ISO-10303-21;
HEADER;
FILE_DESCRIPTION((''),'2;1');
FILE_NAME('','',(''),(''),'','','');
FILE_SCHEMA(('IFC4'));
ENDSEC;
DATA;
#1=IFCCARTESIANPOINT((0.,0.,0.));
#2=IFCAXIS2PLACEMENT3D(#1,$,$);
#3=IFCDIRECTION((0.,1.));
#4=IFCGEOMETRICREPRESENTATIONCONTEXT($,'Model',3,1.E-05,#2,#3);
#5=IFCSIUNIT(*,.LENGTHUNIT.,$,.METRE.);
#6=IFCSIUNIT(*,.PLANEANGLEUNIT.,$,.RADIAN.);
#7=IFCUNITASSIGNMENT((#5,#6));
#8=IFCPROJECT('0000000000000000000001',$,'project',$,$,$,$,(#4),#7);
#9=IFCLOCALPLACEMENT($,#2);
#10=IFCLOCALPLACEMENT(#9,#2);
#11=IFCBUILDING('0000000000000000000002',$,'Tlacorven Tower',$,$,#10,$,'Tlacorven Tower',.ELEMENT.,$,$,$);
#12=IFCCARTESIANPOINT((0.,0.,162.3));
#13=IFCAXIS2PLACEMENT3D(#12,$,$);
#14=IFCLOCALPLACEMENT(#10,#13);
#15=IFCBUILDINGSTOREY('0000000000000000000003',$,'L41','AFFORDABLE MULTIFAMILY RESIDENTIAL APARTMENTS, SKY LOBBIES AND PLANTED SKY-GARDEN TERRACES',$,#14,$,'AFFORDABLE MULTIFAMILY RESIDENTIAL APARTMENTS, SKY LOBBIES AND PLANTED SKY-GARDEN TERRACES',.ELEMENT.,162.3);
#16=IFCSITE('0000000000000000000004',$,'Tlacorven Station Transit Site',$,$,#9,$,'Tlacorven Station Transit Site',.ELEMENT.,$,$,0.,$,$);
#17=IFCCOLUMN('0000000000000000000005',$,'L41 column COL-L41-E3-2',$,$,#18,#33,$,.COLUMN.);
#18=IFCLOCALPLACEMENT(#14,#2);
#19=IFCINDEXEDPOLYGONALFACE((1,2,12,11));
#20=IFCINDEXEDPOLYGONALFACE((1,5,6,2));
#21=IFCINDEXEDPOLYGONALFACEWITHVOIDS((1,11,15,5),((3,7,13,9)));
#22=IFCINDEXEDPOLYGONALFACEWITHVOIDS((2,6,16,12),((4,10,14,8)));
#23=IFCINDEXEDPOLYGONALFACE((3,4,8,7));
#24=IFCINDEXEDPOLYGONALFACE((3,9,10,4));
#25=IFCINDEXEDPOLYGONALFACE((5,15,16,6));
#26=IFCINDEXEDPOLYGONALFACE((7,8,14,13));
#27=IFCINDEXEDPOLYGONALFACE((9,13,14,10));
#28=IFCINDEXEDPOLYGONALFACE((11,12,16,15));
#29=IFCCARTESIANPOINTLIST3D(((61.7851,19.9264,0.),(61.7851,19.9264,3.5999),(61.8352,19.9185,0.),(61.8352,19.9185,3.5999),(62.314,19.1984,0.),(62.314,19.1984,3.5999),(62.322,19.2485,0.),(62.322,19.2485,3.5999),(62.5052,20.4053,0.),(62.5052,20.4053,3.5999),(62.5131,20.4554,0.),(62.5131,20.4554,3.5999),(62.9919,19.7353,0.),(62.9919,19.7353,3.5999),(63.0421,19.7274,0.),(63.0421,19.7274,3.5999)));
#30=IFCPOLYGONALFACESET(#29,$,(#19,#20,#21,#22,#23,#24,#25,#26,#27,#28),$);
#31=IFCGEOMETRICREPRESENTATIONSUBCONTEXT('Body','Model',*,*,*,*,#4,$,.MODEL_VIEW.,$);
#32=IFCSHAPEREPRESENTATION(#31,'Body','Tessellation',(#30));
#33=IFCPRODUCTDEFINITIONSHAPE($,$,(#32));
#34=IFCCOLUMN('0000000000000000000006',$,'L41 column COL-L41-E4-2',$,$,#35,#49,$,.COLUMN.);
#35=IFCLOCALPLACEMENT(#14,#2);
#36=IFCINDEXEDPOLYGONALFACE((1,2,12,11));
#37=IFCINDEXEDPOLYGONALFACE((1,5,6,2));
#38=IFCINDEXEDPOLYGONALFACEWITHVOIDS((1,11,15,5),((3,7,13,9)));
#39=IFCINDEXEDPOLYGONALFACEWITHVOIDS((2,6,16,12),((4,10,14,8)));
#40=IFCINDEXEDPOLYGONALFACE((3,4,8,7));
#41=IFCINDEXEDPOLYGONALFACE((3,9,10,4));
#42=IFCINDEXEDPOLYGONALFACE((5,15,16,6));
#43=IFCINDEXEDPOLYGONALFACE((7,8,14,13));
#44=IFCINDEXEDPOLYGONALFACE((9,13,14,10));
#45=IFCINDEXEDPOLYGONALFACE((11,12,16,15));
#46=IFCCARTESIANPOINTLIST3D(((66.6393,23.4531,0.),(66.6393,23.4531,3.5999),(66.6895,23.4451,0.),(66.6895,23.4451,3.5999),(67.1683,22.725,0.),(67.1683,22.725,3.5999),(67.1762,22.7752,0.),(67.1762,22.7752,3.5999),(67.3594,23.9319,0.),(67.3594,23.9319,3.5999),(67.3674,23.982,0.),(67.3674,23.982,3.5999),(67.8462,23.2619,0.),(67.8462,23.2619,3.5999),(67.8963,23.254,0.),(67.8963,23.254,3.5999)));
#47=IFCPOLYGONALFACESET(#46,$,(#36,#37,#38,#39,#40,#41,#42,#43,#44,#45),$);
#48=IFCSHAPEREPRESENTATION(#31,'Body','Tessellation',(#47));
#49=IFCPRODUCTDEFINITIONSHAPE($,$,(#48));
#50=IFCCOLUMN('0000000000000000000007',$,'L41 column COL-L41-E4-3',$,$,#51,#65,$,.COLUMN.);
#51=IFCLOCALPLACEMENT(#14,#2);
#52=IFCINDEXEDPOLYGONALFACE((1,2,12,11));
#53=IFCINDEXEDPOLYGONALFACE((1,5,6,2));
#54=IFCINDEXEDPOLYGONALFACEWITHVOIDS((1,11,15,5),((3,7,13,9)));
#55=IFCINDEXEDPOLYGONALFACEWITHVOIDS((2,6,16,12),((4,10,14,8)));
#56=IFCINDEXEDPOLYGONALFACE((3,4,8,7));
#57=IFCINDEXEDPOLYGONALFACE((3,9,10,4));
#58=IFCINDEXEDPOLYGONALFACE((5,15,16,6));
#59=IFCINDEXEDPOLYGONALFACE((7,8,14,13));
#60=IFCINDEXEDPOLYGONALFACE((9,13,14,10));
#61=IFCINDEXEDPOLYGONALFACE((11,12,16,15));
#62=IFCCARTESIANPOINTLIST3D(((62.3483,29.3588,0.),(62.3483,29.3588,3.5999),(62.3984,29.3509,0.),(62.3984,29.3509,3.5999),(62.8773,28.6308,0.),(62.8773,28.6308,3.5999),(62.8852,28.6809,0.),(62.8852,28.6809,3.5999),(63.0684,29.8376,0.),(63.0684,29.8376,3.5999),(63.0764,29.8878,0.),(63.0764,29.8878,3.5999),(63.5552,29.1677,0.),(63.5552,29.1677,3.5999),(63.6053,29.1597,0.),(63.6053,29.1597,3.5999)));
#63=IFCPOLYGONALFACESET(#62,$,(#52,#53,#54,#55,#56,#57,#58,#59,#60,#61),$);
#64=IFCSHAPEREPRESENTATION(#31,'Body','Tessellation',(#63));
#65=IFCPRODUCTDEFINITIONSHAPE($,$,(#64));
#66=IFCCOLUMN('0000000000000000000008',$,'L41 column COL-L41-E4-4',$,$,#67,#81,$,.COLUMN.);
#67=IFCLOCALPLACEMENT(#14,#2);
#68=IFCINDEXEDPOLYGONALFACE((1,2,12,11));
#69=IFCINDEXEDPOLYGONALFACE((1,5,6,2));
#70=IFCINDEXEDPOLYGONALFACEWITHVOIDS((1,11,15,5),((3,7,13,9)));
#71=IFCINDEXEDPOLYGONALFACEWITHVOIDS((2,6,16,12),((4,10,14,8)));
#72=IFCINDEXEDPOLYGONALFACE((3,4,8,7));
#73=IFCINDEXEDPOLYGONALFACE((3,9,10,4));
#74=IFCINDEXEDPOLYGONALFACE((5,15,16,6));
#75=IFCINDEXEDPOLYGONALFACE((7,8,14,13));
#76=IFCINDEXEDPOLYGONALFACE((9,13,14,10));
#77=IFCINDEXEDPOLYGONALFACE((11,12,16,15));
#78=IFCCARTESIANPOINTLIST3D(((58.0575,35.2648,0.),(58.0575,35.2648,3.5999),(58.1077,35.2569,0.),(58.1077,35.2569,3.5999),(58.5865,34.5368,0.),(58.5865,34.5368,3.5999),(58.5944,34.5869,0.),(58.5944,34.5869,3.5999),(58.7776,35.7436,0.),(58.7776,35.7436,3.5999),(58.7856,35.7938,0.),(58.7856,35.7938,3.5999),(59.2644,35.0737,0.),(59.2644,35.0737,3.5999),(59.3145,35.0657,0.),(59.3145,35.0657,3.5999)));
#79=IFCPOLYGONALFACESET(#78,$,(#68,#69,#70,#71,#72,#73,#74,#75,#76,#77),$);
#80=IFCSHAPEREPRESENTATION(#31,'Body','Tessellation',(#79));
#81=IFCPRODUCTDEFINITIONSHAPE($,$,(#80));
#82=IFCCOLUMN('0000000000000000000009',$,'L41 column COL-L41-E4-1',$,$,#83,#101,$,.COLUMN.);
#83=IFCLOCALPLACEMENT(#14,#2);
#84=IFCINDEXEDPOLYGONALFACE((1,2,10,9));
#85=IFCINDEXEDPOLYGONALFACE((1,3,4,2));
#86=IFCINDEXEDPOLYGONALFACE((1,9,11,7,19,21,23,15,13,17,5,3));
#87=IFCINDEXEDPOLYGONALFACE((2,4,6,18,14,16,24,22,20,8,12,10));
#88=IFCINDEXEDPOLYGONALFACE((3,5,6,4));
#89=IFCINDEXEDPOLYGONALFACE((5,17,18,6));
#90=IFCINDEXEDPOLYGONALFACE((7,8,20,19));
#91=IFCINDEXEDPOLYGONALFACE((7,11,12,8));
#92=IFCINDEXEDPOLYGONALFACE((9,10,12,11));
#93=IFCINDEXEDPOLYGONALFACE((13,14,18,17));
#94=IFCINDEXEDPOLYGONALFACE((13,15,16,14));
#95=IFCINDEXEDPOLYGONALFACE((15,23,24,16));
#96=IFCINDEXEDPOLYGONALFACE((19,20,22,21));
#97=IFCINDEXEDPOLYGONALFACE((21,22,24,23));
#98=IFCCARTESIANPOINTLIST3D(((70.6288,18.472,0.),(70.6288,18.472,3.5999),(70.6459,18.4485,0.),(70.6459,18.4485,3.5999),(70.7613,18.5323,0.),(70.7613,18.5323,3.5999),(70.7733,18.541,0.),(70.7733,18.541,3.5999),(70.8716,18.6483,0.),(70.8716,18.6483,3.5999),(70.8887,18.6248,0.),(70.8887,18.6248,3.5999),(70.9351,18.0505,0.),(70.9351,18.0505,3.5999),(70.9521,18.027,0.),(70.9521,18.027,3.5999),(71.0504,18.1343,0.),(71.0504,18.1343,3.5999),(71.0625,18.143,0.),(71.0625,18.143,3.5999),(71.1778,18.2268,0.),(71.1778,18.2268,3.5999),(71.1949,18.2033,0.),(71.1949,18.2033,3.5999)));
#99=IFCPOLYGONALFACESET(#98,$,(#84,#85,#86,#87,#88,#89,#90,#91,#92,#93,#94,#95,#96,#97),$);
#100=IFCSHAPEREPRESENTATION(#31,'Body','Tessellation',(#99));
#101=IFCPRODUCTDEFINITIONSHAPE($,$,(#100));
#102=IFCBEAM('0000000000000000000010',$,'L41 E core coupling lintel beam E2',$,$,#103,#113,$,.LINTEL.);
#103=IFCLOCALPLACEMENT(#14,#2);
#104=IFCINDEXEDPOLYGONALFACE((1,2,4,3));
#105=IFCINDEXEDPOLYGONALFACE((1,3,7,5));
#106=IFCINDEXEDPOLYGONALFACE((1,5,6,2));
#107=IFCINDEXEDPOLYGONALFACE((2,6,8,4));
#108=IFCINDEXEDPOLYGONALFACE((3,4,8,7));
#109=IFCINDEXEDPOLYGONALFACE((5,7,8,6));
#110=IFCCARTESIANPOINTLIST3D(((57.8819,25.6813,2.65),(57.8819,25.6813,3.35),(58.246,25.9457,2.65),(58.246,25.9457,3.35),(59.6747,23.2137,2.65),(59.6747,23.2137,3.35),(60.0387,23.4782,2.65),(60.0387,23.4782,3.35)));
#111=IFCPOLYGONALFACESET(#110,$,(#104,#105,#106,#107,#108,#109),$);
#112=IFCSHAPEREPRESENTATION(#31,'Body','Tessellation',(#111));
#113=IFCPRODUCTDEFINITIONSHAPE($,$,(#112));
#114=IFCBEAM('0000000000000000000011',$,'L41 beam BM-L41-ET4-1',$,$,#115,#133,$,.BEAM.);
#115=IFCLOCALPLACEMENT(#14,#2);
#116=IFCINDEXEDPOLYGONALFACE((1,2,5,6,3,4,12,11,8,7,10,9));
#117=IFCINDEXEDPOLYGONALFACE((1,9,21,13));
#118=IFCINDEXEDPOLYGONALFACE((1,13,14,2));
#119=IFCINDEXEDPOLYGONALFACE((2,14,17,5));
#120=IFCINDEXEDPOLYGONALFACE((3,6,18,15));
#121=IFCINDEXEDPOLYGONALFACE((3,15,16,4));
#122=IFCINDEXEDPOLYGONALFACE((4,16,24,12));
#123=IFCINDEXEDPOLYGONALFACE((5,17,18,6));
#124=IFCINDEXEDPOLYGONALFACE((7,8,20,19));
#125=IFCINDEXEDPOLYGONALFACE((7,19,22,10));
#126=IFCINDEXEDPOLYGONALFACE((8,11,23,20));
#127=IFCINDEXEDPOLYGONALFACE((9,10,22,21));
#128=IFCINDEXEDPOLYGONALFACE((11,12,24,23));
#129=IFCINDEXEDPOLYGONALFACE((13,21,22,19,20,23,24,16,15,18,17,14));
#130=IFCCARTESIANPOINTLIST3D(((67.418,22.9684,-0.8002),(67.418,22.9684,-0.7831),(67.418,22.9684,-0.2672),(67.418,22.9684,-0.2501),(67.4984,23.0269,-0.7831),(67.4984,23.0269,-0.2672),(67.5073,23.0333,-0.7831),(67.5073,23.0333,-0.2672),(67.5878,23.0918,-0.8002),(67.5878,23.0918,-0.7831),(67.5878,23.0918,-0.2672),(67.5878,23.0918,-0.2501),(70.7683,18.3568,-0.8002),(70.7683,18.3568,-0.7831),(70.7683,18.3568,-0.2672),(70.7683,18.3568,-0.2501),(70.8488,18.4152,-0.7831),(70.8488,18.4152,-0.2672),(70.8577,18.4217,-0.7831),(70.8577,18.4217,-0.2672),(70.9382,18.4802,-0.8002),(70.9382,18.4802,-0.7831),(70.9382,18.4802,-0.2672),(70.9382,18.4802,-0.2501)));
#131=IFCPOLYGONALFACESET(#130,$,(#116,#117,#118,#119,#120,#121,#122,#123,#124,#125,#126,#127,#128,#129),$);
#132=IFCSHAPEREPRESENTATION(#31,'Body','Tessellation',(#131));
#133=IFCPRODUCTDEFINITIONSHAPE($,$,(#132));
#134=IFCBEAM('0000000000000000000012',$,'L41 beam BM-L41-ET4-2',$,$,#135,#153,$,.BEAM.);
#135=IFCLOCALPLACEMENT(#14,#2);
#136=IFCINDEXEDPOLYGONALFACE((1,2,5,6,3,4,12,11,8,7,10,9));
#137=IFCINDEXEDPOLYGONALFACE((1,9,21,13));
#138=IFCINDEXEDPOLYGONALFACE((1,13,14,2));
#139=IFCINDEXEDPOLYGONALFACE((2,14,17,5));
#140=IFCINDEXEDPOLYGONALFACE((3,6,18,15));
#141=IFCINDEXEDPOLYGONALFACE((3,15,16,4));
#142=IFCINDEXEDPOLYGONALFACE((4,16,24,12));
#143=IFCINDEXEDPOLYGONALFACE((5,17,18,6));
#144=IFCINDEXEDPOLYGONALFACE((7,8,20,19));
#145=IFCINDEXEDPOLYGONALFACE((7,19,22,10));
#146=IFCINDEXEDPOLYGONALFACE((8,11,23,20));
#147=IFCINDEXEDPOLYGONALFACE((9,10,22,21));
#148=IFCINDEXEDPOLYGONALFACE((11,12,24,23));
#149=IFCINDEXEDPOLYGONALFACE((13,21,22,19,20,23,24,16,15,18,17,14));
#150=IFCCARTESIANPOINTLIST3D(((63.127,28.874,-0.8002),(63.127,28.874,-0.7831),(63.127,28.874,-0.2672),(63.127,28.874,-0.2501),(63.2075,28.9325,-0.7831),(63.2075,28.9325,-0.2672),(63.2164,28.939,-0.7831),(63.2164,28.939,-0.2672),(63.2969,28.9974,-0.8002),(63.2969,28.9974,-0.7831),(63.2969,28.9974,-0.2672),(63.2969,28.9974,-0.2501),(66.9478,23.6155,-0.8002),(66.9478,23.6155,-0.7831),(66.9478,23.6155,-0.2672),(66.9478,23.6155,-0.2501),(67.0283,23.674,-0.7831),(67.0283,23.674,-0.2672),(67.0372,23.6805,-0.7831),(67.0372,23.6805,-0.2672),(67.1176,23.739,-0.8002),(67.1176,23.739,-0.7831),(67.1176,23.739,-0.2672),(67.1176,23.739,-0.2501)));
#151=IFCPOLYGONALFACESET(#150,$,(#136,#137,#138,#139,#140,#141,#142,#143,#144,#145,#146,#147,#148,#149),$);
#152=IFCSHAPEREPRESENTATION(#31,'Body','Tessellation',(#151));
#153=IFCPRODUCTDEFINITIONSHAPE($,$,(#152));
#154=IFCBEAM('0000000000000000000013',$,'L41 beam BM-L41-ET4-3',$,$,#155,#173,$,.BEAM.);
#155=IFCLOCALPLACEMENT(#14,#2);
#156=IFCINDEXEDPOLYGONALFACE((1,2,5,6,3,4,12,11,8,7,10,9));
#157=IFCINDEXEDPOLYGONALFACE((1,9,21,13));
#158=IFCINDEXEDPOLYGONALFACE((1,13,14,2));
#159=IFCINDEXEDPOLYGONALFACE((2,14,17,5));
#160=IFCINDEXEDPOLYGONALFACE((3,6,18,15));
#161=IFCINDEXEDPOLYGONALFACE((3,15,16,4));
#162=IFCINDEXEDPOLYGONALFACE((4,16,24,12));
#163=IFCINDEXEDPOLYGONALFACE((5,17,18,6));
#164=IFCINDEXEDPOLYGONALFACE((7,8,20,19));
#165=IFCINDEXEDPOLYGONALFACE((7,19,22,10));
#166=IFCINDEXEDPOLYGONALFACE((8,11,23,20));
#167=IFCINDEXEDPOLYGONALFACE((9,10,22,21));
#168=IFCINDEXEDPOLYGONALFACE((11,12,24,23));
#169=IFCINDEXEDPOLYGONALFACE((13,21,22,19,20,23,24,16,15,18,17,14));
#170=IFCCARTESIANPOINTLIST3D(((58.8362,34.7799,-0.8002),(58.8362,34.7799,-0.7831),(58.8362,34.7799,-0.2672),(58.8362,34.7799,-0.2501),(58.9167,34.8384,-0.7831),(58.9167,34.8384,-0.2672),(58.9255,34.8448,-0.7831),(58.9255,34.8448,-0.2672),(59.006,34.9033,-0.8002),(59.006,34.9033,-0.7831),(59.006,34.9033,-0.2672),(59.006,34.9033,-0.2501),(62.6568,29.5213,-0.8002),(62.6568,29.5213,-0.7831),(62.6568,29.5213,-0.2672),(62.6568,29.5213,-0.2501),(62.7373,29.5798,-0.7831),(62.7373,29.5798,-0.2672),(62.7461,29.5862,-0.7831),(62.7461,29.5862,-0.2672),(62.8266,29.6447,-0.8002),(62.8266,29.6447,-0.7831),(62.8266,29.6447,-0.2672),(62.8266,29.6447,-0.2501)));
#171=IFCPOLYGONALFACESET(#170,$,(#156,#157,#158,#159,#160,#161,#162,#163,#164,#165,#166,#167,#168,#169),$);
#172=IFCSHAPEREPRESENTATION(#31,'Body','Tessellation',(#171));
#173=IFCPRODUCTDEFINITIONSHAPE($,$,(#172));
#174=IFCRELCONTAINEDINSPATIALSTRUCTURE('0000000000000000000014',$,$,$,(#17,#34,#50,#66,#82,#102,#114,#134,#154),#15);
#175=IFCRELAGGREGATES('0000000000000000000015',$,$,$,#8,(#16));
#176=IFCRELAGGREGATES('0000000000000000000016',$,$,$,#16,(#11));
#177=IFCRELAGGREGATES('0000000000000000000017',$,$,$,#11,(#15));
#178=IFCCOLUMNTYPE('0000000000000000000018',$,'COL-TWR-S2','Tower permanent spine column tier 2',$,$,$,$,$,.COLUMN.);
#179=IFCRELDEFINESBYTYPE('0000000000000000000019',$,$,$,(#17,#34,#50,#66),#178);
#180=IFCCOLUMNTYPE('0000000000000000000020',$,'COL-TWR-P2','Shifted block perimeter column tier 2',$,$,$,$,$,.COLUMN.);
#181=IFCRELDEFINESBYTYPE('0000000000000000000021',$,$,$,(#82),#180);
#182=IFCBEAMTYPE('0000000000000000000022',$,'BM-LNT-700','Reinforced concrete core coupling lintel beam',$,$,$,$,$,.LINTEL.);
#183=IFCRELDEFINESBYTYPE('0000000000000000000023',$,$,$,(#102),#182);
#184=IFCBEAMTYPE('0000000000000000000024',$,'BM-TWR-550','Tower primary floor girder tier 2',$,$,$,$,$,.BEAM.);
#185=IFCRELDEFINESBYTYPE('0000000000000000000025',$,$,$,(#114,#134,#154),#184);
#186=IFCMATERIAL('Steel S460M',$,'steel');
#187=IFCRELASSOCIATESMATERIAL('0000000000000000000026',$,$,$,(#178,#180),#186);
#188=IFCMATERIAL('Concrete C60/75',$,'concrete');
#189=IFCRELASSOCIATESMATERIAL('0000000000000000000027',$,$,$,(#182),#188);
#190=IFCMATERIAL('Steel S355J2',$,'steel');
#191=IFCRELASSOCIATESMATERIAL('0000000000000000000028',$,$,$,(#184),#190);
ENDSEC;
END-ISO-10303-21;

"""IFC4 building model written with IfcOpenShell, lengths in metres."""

from ifc_helpers import new_model, si_unit, direction, frame, origin, origin_2d, place, context, subcontext, project, spatial, rectangle, hollow_rectangle, i_section, extrude, source, transform, mapped, material, material_profile, profile_set, type_object, element, save


model = new_model("IFC4")

# Units and contexts
model_context = context("Model", 3, precision=1e-05, world=origin(), true_north=direction((0.0, 1.0)))
body_context = subcontext(model_context, "Body", "Model", "MODEL_VIEW")
ifc_project = project(units=[si_unit("LENGTHUNIT", "METRE"), si_unit("PLANEANGLEUNIT", "RADIAN")], contexts=[model_context])

# Site, building, storey
site_placement = place(None, origin())
site = spatial("IfcSite", under=ifc_project, at=site_placement, Name="Tlacorven Station Transit Site", LongName="Tlacorven Station Transit Site", CompositionType="ELEMENT", RefElevation=0.0)
building_placement = place(site_placement, origin())
building = spatial("IfcBuilding", under=site, at=building_placement, Name="Tlacorven Tower", LongName="Tlacorven Tower", CompositionType="ELEMENT")
storey_placement = place(building_placement, frame((0.0, 0.0, 162.3)))
storey = spatial("IfcBuildingStorey", under=building, at=storey_placement, Name="L41", Description="AFFORDABLE MULTIFAMILY RESIDENTIAL APARTMENTS, SKY LOBBIES AND PLANTED SKY-GARDEN TERRACES", LongName="AFFORDABLE MULTIFAMILY RESIDENTIAL APARTMENTS, SKY LOBBIES AND PLANTED SKY-GARDEN TERRACES", CompositionType="ELEMENT", Elevation=162.3)

# Columns
ifc_material_1 = material(Name="Steel S460M", Category="steel")
ifc_material_profile_1 = material_profile(ifc_material_1, hollow_rectangle(XDim=0.8999, YDim=0.8999, WallThickness=0.0359, at=origin_2d()), Name="BOX 900X900X36")
ifc_profile_set_1 = profile_set([ifc_material_profile_1], Name="Steel S460M")
column_type_1 = type_object("IfcColumnType", Name="COL-TWR-S2", Description="Tower permanent spine column tier 2", PredefinedType="COLUMN", material=ifc_profile_set_1)
shared_shape_1 = source(origin(), body_context, "Body", "SweptSolid", [
    extrude(hollow_rectangle(XDim=0.8999, YDim=0.8999, WallThickness=0.0359, at=origin_2d()), origin(), (0.0, 0.0, 1.0), 3.5999),
])
for number, where, z_axis, x_axis, name in (
    (1, (62.4136, 19.8269, 0.0), (0.0, 0.0, 1.0), (0.809017, 0.587785, 0.0), "L41 column COL-L41-E3-2"),
    (2, (67.2678, 23.3535, 0.0), (0.0, 0.0, 1.0), (0.809017, 0.587785, 0.0), "L41 column COL-L41-E4-2"),
    (3, (62.9768, 29.2593, 0.0), (0.0, 0.0, 1.0), (0.809017, 0.587785, 0.0), "L41 column COL-L41-E4-3"),
    (4, (58.686, 35.1653, 0.0), (0.0, 0.0, 1.0), (0.809017, 0.587785, 0.0), "L41 column COL-L41-E4-4"),
):
    element("IfcColumn", number, at=place(storey_placement, frame(where, z_axis=z_axis, x_axis=x_axis)), inside=storey, type_object=column_type_1, Name=name, PredefinedType="COLUMN", context=body_context, shape_type="MappedRepresentation", body=[
        mapped(shared_shape_1, transform((0.0, 0.0, 0.0), scale=1.0)),
    ])
ifc_material_profile_2 = material_profile(ifc_material_1, i_section(OverallWidth=0.3, OverallDepth=0.55, WebThickness=0.0149, FlangeThickness=0.0291, at=origin_2d()), Name="HEB 550")
ifc_profile_set_2 = profile_set([ifc_material_profile_2], Name="Steel S460M")
column_type_2 = type_object("IfcColumnType", Name="COL-TWR-P2", Description="Shifted block perimeter column tier 2", PredefinedType="COLUMN", material=ifc_profile_set_2)
shared_shape_2 = source(origin(), body_context, "Body", "SweptSolid", [
    extrude(i_section(OverallWidth=0.3, OverallDepth=0.55, WebThickness=0.0149, FlangeThickness=0.0291, at=origin_2d()), origin(), (0.0, 0.0, 1.0), 3.5999),
])
column_placement = place(storey_placement, frame((70.9119, 18.3376, 0.0), z_axis=(0.0, 0.0, 1.0), x_axis=(0.809017, 0.587785, 0.0)))
element("IfcColumn", 5, at=column_placement, inside=storey, type_object=column_type_2, Name="L41 column COL-L41-E4-1", PredefinedType="COLUMN", context=body_context, shape_type="MappedRepresentation", body=[
    mapped(shared_shape_2, transform((0.0, 0.0, 0.0), scale=1.0)),
])

# Beams
ifc_material_2 = material(Name="Concrete C60/75", Category="concrete")
ifc_material_profile_3 = material_profile(ifc_material_2, rectangle(XDim=0.45, YDim=0.7, at=origin_2d()), Name="RC 450X700")
ifc_profile_set_3 = profile_set([ifc_material_profile_3], Name="Concrete C60/75")
beam_type_1 = type_object("IfcBeamType", Name="BM-LNT-700", Description="Reinforced concrete core coupling lintel beam", PredefinedType="LINTEL", material=ifc_profile_set_3)
shared_shape_3 = source(origin(), body_context, "Body", "SweptSolid", [
    extrude(rectangle(XDim=0.45, YDim=0.7, at=origin_2d()), origin(), (0.0, 0.0, 1.0), 3.05),
])
beam_1_placement = place(storey_placement, frame((59.8567, 23.3459, 3.0), z_axis=(-0.587777, 0.809023, 0.0), x_axis=(-0.809023, -0.587777, 0.0)))
element("IfcBeam", 6, at=beam_1_placement, inside=storey, type_object=beam_type_1, Name="L41 E core coupling lintel beam E2", PredefinedType="LINTEL", context=body_context, shape_type="MappedRepresentation", body=[
    mapped(shared_shape_3, transform((0.0, 0.0, 0.0), scale=1.0)),
])
ifc_material_3 = material(Name="Steel S355J2", Category="steel")
ifc_material_profile_4 = material_profile(ifc_material_3, i_section(OverallWidth=0.21, OverallDepth=0.55, WebThickness=0.011, FlangeThickness=0.0171, at=origin_2d()), Name="IPE 550")
ifc_profile_set_4 = profile_set([ifc_material_profile_4], Name="Steel S355J2")
beam_type_2 = type_object("IfcBeamType", Name="BM-TWR-550", Description="Tower primary floor girder tier 2", PredefinedType="BEAM", material=ifc_profile_set_4)
shared_shape_4 = source(origin(), body_context, "Body", "SweptSolid", [
    extrude(i_section(OverallWidth=0.21, OverallDepth=0.55, WebThickness=0.011, FlangeThickness=0.0171, at=origin_2d()), origin(), (0.0, 0.0, 1.0), 5.7002),
])
beam_2_placement = place(storey_placement, frame((70.8533, 18.4185, -0.5251), z_axis=(-0.587767, 0.80903, 0.0), x_axis=(-0.80903, -0.587767, 0.0)))
element("IfcBeam", 7, at=beam_2_placement, inside=storey, type_object=beam_type_2, Name="L41 beam BM-L41-ET4-1", PredefinedType="BEAM", context=body_context, shape_type="MappedRepresentation", body=[
    mapped(shared_shape_4, transform((0.0, 0.0, 0.0), scale=1.0)),
])
shared_shape_5 = source(origin(), body_context, "Body", "SweptSolid", [
    extrude(i_section(OverallWidth=0.21, OverallDepth=0.55, WebThickness=0.011, FlangeThickness=0.0171, at=origin_2d()), origin(), (0.0, 0.0, 1.0), 6.5),
])
for number, where, z_axis, x_axis, name in (
    (8, (67.0327, 23.6772, -0.5251), (-0.58781, 0.808999, 0.0), (-0.808999, -0.58781, 0.0), "L41 beam BM-L41-ET4-2"),
    (9, (62.7417, 29.583, -0.5251), (-0.587785, 0.809017, 0.0), (-0.809017, -0.587785, 0.0), "L41 beam BM-L41-ET4-3"),
):
    element("IfcBeam", number, at=place(storey_placement, frame(where, z_axis=z_axis, x_axis=x_axis)), inside=storey, type_object=beam_type_2, Name=name, PredefinedType="BEAM", context=body_context, shape_type="MappedRepresentation", body=[
        mapped(shared_shape_5, transform((0.0, 0.0, 0.0), scale=1.0)),
    ])

save(model, "model.ifc")
